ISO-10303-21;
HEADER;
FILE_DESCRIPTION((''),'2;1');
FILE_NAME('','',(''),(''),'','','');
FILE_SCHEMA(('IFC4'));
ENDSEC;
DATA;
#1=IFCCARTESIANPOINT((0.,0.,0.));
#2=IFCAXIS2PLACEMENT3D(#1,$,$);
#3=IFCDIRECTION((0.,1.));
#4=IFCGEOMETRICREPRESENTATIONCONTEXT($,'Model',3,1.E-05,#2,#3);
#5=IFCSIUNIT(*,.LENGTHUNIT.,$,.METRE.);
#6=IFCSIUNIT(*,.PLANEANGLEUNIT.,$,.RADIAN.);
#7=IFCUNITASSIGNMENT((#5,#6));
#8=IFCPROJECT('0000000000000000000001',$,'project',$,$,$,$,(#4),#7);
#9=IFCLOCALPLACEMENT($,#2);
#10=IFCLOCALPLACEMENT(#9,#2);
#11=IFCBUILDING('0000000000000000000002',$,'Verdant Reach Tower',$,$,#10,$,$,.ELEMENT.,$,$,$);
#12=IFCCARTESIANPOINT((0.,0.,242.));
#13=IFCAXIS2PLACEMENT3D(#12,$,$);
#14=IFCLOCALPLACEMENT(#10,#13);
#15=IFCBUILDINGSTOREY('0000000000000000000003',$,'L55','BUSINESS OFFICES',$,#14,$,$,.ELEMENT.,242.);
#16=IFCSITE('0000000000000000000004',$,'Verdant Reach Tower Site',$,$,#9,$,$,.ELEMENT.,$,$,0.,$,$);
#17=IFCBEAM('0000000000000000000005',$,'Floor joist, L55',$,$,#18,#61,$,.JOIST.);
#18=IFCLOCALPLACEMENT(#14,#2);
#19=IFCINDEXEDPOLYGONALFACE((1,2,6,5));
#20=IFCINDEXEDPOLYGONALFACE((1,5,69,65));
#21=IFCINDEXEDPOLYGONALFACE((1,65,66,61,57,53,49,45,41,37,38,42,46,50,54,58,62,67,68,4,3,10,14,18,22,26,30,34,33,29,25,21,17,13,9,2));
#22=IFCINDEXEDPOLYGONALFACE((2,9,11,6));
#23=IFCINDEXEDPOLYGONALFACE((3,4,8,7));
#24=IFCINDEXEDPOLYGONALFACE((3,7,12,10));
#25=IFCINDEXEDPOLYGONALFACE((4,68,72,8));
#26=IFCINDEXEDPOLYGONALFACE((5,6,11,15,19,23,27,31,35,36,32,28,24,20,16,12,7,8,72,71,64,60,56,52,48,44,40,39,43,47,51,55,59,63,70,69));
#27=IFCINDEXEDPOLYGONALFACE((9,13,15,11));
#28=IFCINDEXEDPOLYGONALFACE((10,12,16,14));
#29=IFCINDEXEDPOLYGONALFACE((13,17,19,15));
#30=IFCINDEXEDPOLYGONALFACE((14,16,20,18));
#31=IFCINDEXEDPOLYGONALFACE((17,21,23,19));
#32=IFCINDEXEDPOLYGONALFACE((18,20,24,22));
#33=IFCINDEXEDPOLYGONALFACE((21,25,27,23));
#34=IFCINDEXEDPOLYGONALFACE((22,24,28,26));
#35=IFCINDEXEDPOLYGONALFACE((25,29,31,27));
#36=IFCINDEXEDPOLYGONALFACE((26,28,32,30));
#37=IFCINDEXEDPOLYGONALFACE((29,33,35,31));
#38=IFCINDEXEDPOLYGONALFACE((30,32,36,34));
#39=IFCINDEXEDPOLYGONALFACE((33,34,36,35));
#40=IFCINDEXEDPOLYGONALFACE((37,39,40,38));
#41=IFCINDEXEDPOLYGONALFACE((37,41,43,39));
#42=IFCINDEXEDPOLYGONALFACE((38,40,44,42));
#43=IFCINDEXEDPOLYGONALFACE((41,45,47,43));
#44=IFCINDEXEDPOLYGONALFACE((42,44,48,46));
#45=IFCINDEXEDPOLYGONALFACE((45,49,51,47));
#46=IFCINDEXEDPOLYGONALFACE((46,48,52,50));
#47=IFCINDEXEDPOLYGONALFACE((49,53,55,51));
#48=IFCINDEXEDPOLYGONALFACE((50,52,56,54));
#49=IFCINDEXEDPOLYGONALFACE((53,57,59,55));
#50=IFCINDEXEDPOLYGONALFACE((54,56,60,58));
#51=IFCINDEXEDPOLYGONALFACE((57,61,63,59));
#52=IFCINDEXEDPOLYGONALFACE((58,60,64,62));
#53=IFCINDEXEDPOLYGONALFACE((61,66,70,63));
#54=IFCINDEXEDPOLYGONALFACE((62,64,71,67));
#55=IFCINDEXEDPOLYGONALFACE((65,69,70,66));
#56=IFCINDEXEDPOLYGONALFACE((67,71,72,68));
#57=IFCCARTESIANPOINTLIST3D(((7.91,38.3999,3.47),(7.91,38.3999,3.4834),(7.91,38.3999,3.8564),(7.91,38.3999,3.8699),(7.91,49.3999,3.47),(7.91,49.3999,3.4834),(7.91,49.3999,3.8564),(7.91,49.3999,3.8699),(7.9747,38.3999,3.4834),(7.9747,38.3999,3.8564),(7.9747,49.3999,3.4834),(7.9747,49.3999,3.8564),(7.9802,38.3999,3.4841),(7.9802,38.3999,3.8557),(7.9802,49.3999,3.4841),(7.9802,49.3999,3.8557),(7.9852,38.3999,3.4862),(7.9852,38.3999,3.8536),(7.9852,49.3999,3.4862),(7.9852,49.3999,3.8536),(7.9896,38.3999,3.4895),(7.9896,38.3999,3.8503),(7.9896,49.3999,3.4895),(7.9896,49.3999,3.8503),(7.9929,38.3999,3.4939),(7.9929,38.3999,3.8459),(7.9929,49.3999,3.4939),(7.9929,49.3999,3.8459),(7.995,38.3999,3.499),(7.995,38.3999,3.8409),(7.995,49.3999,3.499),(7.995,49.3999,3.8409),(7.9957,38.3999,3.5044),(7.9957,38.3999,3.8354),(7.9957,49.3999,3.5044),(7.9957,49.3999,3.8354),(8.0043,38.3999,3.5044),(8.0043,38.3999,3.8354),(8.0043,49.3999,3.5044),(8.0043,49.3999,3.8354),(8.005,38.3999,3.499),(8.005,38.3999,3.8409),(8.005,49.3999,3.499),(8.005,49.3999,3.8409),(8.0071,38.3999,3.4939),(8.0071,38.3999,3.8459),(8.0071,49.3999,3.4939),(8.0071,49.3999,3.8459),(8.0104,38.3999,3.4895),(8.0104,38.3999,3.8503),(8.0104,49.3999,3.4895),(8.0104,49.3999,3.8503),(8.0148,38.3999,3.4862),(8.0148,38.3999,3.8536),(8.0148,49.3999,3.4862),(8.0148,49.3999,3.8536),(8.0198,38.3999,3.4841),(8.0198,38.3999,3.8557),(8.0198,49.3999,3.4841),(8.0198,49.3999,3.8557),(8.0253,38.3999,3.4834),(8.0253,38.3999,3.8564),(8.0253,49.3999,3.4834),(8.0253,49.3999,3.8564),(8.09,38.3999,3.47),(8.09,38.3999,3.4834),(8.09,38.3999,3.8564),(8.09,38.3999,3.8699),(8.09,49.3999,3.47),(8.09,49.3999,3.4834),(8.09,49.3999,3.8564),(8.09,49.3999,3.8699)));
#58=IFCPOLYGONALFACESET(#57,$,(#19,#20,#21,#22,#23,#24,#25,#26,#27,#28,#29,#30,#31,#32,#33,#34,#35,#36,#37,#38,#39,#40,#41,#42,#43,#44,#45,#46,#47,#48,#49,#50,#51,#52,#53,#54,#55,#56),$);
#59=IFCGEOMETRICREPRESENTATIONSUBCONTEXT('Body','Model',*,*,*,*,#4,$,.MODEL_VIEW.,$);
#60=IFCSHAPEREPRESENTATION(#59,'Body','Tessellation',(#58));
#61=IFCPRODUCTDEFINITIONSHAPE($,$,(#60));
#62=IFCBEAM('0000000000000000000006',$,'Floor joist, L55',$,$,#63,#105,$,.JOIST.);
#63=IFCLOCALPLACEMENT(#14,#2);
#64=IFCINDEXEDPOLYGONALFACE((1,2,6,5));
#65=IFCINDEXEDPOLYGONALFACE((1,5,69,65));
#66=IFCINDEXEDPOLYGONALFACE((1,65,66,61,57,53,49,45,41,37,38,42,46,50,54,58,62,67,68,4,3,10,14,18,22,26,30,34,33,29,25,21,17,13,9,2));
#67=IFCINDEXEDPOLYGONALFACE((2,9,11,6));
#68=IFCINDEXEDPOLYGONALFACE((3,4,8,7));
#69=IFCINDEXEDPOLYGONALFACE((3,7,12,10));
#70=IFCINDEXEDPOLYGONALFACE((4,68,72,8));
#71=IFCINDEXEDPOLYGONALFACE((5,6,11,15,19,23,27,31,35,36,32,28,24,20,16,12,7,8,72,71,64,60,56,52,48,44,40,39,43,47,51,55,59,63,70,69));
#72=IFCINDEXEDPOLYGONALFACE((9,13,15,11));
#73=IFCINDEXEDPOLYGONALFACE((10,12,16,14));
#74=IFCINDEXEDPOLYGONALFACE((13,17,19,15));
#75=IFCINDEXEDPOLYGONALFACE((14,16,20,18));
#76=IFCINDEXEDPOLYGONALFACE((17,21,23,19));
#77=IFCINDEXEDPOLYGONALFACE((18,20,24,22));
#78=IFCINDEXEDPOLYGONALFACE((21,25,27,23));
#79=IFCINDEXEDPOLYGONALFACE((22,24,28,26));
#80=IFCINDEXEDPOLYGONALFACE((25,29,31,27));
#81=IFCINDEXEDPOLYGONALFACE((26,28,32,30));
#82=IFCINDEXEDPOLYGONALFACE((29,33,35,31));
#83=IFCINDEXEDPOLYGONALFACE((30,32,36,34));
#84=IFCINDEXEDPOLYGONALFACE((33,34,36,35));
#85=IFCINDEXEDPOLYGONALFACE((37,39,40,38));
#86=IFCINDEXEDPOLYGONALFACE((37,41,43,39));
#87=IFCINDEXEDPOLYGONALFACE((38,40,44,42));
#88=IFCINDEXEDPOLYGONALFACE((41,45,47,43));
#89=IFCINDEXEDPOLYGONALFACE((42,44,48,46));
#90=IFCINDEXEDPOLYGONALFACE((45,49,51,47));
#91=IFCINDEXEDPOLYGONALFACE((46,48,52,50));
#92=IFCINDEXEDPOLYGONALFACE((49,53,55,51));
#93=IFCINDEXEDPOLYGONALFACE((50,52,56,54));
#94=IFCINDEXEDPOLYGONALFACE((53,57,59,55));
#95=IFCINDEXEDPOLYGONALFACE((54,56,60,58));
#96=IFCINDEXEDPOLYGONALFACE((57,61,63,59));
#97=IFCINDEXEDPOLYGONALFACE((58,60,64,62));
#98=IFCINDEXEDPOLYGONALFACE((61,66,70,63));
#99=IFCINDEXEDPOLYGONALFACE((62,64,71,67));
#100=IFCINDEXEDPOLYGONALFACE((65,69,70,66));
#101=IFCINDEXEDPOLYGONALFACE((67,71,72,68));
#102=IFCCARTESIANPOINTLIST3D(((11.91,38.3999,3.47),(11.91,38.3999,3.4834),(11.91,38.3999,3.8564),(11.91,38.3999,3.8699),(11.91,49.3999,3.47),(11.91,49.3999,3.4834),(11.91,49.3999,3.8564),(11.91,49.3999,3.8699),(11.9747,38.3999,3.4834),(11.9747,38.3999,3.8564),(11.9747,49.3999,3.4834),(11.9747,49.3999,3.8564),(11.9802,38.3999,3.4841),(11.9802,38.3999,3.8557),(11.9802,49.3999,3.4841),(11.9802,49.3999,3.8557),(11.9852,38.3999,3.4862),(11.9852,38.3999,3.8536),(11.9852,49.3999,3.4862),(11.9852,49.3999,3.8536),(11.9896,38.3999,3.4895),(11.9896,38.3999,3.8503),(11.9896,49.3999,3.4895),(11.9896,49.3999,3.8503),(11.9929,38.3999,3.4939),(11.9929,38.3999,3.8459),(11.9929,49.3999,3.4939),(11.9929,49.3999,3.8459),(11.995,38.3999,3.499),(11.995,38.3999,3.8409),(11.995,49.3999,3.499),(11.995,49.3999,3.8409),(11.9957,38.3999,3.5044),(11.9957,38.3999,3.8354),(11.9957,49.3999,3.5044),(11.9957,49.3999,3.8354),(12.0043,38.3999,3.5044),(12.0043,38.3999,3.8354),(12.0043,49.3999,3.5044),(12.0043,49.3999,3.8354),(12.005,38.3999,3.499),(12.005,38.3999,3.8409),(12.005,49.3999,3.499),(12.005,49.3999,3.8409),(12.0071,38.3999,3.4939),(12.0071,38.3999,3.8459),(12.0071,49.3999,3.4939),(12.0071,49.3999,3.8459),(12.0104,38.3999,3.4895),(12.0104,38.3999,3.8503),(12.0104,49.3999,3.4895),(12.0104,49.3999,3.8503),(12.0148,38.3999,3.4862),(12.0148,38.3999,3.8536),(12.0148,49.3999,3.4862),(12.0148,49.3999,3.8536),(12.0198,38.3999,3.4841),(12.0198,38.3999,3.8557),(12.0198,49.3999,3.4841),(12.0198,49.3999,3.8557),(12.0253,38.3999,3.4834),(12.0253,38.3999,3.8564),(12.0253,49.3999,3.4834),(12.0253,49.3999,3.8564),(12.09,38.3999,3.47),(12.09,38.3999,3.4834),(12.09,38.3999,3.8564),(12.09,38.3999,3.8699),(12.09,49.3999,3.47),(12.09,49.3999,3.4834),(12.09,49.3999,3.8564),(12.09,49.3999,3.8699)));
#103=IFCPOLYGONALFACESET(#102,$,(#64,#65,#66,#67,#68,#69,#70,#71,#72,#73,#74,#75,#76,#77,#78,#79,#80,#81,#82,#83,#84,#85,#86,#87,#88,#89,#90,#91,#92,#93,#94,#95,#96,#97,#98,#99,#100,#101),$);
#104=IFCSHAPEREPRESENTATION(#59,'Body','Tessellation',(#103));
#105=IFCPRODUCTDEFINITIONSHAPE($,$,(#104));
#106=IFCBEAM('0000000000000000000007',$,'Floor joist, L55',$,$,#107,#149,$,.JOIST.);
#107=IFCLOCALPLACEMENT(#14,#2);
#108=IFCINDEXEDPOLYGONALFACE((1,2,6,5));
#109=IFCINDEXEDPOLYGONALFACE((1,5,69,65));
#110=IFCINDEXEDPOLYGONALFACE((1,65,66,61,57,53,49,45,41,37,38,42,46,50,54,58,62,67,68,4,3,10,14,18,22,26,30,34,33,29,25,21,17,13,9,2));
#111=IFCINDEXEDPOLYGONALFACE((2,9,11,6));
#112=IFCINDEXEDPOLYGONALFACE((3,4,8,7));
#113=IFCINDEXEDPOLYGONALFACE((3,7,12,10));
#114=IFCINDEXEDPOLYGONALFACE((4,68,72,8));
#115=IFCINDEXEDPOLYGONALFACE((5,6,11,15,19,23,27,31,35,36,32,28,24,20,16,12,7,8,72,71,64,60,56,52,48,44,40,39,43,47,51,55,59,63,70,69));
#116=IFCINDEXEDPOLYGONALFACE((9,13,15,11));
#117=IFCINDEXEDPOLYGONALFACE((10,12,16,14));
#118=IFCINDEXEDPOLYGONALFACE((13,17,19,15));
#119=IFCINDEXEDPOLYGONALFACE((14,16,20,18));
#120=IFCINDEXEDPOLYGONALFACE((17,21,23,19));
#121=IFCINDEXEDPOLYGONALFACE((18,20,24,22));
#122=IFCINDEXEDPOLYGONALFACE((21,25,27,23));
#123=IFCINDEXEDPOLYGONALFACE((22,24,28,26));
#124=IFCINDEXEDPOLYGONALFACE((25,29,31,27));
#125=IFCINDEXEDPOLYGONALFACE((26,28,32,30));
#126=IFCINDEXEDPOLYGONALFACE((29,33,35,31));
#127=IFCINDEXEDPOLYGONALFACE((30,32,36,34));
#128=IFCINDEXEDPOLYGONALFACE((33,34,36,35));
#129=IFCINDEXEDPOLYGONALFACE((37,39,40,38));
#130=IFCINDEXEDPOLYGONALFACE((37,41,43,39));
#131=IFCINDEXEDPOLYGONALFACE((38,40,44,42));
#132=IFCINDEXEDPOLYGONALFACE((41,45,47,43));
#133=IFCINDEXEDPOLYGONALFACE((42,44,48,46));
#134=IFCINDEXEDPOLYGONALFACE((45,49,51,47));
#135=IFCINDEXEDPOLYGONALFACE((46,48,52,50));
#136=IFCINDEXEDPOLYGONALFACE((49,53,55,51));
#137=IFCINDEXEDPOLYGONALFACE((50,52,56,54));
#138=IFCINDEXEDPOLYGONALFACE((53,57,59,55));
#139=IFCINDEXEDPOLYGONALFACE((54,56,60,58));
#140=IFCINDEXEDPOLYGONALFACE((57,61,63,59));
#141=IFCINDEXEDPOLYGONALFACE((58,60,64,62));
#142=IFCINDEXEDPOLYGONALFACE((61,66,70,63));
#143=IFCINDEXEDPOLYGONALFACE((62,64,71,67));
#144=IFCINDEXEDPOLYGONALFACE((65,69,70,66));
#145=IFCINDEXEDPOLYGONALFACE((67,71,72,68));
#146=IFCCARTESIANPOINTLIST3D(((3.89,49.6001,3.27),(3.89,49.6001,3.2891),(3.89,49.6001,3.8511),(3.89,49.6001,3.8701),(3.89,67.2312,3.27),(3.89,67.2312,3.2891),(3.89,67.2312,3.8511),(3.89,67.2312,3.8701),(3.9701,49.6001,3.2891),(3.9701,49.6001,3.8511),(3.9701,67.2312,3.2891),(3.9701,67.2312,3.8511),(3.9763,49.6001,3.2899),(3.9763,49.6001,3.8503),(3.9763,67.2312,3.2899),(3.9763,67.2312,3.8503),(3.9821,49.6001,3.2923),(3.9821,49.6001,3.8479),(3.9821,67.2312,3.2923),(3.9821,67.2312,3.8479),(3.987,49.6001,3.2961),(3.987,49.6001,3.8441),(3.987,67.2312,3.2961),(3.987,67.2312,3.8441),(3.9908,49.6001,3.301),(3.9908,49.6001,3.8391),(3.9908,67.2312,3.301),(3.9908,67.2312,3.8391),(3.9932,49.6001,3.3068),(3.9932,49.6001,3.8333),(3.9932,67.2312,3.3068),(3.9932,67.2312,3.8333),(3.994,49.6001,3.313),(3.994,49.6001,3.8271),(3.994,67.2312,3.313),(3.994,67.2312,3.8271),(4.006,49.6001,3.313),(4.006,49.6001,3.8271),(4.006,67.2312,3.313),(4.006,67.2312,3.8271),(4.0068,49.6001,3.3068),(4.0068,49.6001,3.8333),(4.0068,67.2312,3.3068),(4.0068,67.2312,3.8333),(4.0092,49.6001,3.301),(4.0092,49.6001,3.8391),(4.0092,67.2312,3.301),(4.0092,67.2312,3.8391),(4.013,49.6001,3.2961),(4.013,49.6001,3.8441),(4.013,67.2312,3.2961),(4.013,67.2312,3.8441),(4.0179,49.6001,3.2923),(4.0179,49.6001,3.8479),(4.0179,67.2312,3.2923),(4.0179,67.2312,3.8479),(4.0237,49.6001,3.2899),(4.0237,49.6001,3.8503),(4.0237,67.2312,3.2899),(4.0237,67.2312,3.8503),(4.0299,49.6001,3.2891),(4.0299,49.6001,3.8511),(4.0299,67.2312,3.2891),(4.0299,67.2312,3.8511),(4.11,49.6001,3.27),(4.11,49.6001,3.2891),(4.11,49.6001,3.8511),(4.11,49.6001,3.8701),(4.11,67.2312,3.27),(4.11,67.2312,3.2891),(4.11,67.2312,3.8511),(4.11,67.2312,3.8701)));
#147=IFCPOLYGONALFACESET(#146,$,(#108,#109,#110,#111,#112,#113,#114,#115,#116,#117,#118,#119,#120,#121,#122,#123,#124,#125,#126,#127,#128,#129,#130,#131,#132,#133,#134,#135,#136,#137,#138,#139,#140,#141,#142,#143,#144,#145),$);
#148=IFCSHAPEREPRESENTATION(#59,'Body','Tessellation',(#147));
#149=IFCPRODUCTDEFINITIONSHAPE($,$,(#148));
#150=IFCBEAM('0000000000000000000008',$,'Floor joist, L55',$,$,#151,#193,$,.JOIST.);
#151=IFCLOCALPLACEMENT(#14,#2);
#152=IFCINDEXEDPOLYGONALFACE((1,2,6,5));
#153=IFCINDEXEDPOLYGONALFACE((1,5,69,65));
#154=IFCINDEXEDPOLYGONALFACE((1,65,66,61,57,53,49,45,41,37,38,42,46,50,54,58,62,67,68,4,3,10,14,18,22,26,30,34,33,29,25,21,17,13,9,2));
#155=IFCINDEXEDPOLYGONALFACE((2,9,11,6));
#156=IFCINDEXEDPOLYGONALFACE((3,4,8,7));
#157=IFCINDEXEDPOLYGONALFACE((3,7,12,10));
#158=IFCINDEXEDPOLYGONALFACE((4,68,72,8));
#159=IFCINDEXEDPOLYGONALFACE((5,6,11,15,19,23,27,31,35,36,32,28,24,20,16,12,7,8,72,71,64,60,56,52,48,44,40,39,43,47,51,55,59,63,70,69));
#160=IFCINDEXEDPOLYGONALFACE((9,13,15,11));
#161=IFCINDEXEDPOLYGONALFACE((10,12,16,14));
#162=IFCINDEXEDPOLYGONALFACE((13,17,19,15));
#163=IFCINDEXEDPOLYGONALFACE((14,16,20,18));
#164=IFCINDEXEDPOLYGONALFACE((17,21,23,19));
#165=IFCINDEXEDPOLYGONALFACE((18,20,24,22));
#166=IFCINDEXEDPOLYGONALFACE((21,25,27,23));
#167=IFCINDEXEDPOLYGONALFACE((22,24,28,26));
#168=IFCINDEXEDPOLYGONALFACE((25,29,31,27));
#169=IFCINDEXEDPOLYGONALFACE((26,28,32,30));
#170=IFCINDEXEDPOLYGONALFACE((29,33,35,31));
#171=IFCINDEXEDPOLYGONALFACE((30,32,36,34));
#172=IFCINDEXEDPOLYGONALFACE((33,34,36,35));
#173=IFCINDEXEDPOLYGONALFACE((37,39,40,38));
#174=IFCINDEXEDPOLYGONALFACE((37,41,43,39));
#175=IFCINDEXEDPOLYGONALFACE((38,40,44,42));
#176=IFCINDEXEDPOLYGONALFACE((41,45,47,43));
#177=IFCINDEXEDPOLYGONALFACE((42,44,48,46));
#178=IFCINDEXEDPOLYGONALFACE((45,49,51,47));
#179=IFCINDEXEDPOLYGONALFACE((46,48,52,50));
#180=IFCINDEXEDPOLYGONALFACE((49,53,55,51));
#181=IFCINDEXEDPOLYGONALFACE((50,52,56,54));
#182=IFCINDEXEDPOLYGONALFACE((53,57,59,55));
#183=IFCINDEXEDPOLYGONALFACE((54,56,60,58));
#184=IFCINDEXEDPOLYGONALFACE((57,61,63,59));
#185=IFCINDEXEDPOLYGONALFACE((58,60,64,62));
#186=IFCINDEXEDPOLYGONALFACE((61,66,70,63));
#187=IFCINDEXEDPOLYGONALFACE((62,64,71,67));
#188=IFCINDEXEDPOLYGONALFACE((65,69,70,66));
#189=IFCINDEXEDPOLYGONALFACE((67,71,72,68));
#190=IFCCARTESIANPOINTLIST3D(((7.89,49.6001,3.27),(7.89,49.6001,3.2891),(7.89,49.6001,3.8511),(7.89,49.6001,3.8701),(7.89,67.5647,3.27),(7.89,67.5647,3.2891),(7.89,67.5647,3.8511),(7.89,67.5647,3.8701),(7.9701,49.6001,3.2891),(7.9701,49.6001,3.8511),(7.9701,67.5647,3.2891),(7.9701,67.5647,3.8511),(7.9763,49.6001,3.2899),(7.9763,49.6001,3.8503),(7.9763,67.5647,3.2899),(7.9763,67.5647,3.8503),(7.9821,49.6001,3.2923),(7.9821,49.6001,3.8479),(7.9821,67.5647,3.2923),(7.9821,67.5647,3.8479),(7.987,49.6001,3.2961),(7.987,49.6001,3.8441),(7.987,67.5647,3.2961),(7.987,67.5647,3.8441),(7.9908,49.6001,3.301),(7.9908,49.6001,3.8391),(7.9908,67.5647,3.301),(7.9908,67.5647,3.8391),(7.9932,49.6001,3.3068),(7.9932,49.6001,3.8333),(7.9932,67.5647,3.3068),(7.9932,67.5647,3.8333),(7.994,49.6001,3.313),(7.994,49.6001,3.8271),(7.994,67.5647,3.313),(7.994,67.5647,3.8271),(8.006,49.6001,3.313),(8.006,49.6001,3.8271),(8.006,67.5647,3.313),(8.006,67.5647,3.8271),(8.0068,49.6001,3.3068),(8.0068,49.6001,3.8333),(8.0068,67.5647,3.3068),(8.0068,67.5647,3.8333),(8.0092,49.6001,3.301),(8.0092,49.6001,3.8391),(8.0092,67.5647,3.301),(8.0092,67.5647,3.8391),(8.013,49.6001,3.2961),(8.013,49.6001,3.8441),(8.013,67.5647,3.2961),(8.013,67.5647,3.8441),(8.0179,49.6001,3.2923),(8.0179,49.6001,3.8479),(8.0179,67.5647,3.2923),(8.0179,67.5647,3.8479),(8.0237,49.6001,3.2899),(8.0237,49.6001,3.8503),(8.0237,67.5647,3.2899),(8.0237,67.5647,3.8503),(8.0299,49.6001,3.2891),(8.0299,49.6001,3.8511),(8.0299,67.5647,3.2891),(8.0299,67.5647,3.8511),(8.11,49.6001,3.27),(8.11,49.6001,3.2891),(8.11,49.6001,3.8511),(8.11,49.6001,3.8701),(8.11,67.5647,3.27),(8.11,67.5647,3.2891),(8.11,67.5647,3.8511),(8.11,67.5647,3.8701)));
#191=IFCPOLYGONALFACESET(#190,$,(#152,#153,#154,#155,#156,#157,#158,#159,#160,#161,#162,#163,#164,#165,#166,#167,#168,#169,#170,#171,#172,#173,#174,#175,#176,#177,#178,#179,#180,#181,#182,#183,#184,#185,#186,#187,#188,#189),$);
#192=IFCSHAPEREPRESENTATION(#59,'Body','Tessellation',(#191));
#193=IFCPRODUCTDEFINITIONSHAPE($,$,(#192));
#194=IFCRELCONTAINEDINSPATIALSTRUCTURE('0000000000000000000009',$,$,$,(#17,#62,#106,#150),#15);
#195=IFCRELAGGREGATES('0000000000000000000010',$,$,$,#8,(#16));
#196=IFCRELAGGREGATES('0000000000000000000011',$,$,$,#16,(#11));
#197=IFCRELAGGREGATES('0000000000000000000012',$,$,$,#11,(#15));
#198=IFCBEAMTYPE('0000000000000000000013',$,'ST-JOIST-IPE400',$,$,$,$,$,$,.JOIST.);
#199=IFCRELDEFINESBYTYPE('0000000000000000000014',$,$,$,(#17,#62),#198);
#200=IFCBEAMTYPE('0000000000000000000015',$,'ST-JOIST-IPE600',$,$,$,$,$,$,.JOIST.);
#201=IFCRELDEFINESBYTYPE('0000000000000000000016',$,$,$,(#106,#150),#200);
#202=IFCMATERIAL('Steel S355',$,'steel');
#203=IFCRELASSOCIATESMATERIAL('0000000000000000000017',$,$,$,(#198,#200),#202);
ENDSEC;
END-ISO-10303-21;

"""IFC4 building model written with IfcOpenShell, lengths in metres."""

from ifc_helpers import new_model, si_unit, direction, frame, origin, origin_2d, place, context, subcontext, project, spatial, i_section, extrude, material, material_profile, profile_set, type_object, element, save


model = new_model("IFC4")

# Units and contexts
model_context = context("Model", 3, precision=1e-05, world=origin(), true_north=direction((0.0, 1.0)))
body_context = subcontext(model_context, "Body", "Model", "MODEL_VIEW")
ifc_project = project(units=[si_unit("LENGTHUNIT", "METRE"), si_unit("PLANEANGLEUNIT", "RADIAN")], contexts=[model_context])

# Site, building, storey
site_placement = place(None, origin())
site = spatial("IfcSite", under=ifc_project, at=site_placement, Name="Verdant Reach Tower Site", CompositionType="ELEMENT", RefElevation=0.0)
building_placement = place(site_placement, origin())
building = spatial("IfcBuilding", under=site, at=building_placement, Name="Verdant Reach Tower", CompositionType="ELEMENT")
storey_placement = place(building_placement, frame((0.0, 0.0, 242.0)))
storey = spatial("IfcBuildingStorey", under=building, at=storey_placement, Name="L55", Description="BUSINESS OFFICES", CompositionType="ELEMENT", Elevation=242.0)

# Beams
ifc_material_1 = material(Name="Steel S355", Category="steel")
ifc_material_profile_1 = material_profile(ifc_material_1, i_section(OverallWidth=0.1799, OverallDepth=0.3999, WebThickness=0.0085, FlangeThickness=0.0134, FilletRadius=0.021, at=origin_2d()), Name="IPE 400")
ifc_profile_set_1 = profile_set([ifc_material_profile_1], Name="Steel S355")
beam_type_1 = type_object("IfcBeamType", Name="ST-JOIST-IPE400", PredefinedType="JOIST", material=ifc_profile_set_1)
for number, where, z_axis, x_axis, name in (
    (1, (8.0, 38.3999, 3.6699), (0.0, 1.0, 0.0), (-1.0, 0.0, 0.0), "Floor joist, L55"),
    (2, (12.0, 38.3999, 3.6699), (0.0, 1.0, 0.0), (-1.0, 0.0, 0.0), "Floor joist, L55"),
):
    element("IfcBeam", number, at=place(storey_placement, frame(where, z_axis=z_axis, x_axis=x_axis)), inside=storey, type_object=beam_type_1, Name=name, PredefinedType="JOIST", context=body_context, shape_type="SweptSolid", body=[
        extrude(i_section(OverallWidth=0.1799, OverallDepth=0.3999, WebThickness=0.0085, FlangeThickness=0.0134, FilletRadius=0.021, at=origin_2d()), origin(), (0.0, 0.0, 1.0), 11.0),
    ])
ifc_material_profile_2 = material_profile(ifc_material_1, i_section(OverallWidth=0.22, OverallDepth=0.6001, WebThickness=0.012, FlangeThickness=0.019, FilletRadius=0.0239, at=origin_2d()), Name="IPE 600")
ifc_profile_set_2 = profile_set([ifc_material_profile_2], Name="Steel S355")
beam_type_2 = type_object("IfcBeamType", Name="ST-JOIST-IPE600", PredefinedType="JOIST", material=ifc_profile_set_2)
beam_1_placement = place(storey_placement, frame((4.0, 49.6001, 3.5701), z_axis=(0.0, 1.0, 0.0), x_axis=(-1.0, 0.0, 0.0)))
element("IfcBeam", 3, at=beam_1_placement, inside=storey, type_object=beam_type_2, Name="Floor joist, L55", PredefinedType="JOIST", context=body_context, shape_type="SweptSolid", body=[
    extrude(i_section(OverallWidth=0.22, OverallDepth=0.6001, WebThickness=0.012, FlangeThickness=0.019, FilletRadius=0.0239, at=origin_2d()), origin(), (0.0, 0.0, 1.0), 17.6311),
])
beam_2_placement = place(storey_placement, frame((8.0, 49.6001, 3.5701), z_axis=(0.0, 1.0, 0.0), x_axis=(-1.0, 0.0, 0.0)))
element("IfcBeam", 4, at=beam_2_placement, inside=storey, type_object=beam_type_2, Name="Floor joist, L55", PredefinedType="JOIST", context=body_context, shape_type="SweptSolid", body=[
    extrude(i_section(OverallWidth=0.22, OverallDepth=0.6001, WebThickness=0.012, FlangeThickness=0.019, FilletRadius=0.0239, at=origin_2d()), origin(), (0.0, 0.0, 1.0), 17.9646),
])

save(model, "model.ifc")
